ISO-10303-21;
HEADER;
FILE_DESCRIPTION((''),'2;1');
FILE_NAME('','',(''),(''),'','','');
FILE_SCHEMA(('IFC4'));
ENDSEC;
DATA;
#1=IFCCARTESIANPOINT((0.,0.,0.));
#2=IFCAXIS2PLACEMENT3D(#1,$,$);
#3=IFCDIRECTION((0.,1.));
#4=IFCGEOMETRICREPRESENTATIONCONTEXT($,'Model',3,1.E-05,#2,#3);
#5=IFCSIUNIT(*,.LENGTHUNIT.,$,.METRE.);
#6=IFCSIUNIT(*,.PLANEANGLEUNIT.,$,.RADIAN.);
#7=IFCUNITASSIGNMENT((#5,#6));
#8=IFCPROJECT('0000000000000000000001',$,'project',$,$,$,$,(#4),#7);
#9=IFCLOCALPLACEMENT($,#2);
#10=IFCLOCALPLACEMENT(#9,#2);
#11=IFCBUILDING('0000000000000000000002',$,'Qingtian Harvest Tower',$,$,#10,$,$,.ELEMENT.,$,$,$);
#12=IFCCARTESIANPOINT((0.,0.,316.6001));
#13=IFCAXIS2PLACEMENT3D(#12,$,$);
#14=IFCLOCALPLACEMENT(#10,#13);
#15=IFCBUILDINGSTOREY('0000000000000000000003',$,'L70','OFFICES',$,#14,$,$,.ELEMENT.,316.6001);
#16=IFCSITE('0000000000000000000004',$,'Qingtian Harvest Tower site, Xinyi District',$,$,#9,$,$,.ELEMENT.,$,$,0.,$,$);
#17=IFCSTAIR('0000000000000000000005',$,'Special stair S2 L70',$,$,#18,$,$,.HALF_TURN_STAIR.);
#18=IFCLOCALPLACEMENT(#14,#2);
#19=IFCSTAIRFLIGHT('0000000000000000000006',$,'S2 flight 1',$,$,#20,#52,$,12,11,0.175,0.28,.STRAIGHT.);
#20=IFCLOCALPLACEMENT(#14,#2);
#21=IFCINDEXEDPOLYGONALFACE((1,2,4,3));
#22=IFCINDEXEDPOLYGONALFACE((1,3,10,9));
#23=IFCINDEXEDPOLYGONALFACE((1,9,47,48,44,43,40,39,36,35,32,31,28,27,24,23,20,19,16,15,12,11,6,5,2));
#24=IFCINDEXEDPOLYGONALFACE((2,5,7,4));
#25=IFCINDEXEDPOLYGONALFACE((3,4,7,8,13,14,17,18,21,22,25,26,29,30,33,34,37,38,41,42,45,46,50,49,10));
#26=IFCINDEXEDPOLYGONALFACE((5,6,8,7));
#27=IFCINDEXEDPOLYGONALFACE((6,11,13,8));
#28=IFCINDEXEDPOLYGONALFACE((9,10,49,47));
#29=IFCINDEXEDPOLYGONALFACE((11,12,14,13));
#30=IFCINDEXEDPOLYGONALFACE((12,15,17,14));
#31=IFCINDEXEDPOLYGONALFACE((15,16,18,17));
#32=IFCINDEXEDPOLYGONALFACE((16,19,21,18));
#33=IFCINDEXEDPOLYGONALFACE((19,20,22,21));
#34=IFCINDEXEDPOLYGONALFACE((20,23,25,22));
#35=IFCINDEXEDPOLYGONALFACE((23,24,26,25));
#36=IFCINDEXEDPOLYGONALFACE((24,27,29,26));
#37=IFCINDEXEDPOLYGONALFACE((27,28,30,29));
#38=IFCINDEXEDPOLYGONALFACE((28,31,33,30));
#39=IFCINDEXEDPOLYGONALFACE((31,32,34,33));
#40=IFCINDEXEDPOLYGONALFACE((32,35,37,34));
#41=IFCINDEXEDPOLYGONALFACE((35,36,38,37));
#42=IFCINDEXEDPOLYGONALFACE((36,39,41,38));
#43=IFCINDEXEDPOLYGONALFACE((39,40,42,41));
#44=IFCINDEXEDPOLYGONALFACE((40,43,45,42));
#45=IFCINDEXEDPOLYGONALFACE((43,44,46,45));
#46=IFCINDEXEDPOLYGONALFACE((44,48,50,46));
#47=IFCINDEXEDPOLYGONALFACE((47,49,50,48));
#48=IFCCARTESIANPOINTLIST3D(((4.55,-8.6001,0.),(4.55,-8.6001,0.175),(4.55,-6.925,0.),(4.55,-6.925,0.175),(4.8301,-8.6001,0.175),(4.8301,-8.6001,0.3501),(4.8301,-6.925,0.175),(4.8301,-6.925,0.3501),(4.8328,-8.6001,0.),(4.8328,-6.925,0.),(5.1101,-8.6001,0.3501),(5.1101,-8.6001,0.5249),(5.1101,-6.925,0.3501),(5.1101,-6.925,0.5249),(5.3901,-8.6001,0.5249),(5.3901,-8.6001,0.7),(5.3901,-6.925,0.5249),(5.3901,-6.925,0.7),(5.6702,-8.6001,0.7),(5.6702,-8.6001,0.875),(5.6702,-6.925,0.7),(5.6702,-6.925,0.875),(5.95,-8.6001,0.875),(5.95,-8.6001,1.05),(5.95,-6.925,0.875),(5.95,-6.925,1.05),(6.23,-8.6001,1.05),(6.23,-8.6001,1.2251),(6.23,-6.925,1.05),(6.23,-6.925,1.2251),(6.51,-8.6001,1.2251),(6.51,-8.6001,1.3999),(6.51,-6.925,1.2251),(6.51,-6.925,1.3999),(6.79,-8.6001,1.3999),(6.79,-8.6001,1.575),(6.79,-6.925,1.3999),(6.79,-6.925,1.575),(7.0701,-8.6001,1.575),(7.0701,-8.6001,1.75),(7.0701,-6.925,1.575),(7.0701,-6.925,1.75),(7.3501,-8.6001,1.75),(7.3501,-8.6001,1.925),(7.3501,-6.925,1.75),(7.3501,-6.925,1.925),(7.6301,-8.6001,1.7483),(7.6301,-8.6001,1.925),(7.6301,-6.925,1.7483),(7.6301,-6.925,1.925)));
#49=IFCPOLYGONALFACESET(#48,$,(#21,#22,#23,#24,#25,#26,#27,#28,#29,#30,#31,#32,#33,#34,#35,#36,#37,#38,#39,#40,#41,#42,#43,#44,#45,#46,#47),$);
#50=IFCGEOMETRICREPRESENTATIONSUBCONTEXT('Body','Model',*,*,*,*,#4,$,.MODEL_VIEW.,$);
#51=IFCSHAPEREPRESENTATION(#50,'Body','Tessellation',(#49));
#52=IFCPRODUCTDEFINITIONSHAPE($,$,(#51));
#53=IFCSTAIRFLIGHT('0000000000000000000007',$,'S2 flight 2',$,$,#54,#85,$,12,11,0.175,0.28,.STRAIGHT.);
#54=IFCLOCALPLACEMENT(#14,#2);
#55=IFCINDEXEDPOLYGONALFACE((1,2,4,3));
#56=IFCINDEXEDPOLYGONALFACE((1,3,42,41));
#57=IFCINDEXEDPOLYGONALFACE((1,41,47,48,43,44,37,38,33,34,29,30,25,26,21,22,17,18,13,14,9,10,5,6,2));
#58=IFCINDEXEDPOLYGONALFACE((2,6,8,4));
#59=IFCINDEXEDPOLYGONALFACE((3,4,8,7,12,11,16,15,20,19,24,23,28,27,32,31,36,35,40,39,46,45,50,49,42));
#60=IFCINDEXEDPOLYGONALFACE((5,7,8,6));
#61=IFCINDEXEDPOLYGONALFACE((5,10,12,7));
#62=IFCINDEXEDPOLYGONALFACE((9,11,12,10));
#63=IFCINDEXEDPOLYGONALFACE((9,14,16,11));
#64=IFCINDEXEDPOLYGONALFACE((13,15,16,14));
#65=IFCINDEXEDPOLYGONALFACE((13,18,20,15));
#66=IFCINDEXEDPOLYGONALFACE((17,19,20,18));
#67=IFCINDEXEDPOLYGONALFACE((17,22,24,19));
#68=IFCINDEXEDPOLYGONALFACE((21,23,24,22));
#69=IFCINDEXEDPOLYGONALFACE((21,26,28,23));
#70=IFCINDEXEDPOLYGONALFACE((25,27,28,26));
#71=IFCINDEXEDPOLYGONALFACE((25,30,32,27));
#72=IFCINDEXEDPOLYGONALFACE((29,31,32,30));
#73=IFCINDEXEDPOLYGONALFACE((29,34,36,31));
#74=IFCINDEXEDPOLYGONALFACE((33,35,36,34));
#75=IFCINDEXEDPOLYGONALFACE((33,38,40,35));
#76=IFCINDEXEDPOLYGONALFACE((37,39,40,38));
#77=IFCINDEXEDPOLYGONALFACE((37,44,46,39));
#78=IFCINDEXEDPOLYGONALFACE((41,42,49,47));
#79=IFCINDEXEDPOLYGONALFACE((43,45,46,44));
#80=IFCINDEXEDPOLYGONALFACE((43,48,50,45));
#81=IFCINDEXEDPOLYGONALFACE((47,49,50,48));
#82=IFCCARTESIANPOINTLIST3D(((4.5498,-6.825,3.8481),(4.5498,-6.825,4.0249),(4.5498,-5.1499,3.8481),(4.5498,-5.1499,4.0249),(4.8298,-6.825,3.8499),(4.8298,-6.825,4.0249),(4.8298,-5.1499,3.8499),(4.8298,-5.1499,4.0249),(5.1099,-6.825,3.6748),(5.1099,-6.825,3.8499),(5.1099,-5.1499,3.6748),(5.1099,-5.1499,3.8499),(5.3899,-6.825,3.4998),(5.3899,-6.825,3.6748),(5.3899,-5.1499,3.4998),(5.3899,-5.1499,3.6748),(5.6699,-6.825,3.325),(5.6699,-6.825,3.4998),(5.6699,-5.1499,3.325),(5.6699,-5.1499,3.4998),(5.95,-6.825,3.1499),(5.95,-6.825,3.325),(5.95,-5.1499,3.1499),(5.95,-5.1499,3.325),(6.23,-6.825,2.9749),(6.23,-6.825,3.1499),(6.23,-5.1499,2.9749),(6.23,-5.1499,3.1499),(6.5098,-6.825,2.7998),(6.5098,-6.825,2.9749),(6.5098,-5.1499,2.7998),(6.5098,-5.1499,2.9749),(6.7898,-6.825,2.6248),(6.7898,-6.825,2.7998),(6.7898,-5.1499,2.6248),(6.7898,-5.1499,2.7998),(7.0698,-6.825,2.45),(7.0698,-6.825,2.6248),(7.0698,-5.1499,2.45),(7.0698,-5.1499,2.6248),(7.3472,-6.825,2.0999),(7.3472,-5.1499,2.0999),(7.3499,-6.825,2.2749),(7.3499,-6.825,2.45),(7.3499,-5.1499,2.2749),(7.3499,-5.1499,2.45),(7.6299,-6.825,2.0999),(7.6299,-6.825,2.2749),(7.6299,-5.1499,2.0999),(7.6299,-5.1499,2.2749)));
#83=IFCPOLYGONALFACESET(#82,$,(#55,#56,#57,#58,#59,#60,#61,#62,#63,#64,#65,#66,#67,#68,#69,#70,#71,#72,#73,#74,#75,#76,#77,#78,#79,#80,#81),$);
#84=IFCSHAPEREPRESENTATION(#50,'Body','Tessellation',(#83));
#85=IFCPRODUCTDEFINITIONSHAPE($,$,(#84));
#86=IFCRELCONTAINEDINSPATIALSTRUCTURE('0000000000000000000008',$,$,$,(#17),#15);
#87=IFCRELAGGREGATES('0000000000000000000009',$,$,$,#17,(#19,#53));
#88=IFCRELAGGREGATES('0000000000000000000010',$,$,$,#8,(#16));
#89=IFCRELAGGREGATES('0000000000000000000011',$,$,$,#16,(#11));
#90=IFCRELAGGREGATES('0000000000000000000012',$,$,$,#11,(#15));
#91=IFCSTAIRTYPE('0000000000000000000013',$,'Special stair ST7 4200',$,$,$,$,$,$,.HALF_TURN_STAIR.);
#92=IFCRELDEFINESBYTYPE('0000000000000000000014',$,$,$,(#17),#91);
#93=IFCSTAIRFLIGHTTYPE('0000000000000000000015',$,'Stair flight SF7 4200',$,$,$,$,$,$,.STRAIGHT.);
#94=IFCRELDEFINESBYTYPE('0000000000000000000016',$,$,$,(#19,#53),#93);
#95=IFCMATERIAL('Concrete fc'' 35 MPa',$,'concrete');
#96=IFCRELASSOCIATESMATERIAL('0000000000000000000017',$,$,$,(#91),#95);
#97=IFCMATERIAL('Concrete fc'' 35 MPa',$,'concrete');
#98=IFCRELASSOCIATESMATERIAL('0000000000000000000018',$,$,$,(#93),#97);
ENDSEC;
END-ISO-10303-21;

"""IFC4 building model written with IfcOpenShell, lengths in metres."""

from ifc_helpers import new_model, si_unit, direction, frame, origin, place, context, subcontext, project, spatial, polyline, outline, extrude, material, type_object, element, aggregate, save


model = new_model("IFC4")

# Units and contexts
model_context = context("Model", 3, precision=1e-05, world=origin(), true_north=direction((0.0, 1.0)))
body_context = subcontext(model_context, "Body", "Model", "MODEL_VIEW")
ifc_project = project(units=[si_unit("LENGTHUNIT", "METRE"), si_unit("PLANEANGLEUNIT", "RADIAN")], contexts=[model_context])

# Site, building, storey
site_placement = place(None, origin())
site = spatial("IfcSite", under=ifc_project, at=site_placement, Name="Qingtian Harvest Tower site, Xinyi District", CompositionType="ELEMENT", RefElevation=0.0)
building_placement = place(site_placement, origin())
building = spatial("IfcBuilding", under=site, at=building_placement, Name="Qingtian Harvest Tower", CompositionType="ELEMENT")
storey_placement = place(building_placement, frame((0.0, 0.0, 316.6001)))
storey = spatial("IfcBuildingStorey", under=building, at=storey_placement, Name="L70", Description="OFFICES", CompositionType="ELEMENT", Elevation=316.6001)

# Stair, stair flights
ifc_material_1 = material(Name="Concrete fc' 35 MPa", Category="concrete")
stair_type = type_object("IfcStairType", Name="Special stair ST7 4200", PredefinedType="HALF_TURN_STAIR", material=ifc_material_1)
stair_placement = place(storey_placement, origin())
stair = element("IfcStair", 1, at=stair_placement, inside=storey, type_object=stair_type, Name="Special stair S2 L70", PredefinedType="HALF_TURN_STAIR")
ifc_material_2 = material(Name="Concrete fc' 35 MPa", Category="concrete")
stair_flight_type = type_object("IfcStairFlightType", Name="Stair flight SF7 4200", PredefinedType="STRAIGHT", material=ifc_material_2)
stair_flight_1_placement = place(storey_placement, frame((4.55, -7.7625, 0.0), z_axis=(0.0, 0.0, 1.0), x_axis=(1.0, 0.0, 0.0)))
stair_flight_1 = element("IfcStairFlight", 2, at=stair_flight_1_placement, type_object=stair_flight_type, Name="S2 flight 1", NumberOfRisers=12, NumberOfTreads=11, PredefinedType="STRAIGHT", RiserHeight=0.175, TreadLength=0.28, context=body_context, shape_type="SweptSolid", body=[
    extrude(outline(polyline([(0.0, 0.0), (0.0, 0.175), (0.28, 0.175), (0.28, 0.3501), (0.5601, 0.3501), (0.5601, 0.5249), (0.8401, 0.5249), (0.8401, 0.7), (1.1201, 0.7), (1.1201, 0.875), (1.3999, 0.875), (1.3999, 1.05), (1.6799, 1.05), (1.6799, 1.2251), (1.96, 1.2251), (1.96, 1.3999), (2.24, 1.3999), (2.24, 1.575), (2.52, 1.575), (2.52, 1.75), (2.8, 1.75), (2.8, 1.925), (3.0801, 1.925), (3.0801, 2.1001), (3.0801, 1.7483), (0.2827, 0.0), (0.0, 0.0)])), frame((0.0, 0.8374, 0.0), z_axis=(0.0, -1.0, 0.0), x_axis=(1.0, 0.0, 0.0)), (0.0, 0.0, 1.0), 1.675),
])
stair_flight_2_placement = place(storey_placement, frame((7.6299, -5.9875, 2.0999), z_axis=(0.0, 0.0, 1.0), x_axis=(-1.0, 0.0, 0.0)))
stair_flight_2 = element("IfcStairFlight", 3, at=stair_flight_2_placement, type_object=stair_flight_type, Name="S2 flight 2", NumberOfRisers=12, NumberOfTreads=11, PredefinedType="STRAIGHT", RiserHeight=0.175, TreadLength=0.28, context=body_context, shape_type="SweptSolid", body=[
    extrude(outline(polyline([(0.0, 0.0), (0.0, 0.175), (0.28, 0.175), (0.28, 0.3501), (0.5601, 0.3501), (0.5601, 0.5249), (0.8401, 0.5249), (0.8401, 0.7), (1.1201, 0.7), (1.1201, 0.875), (1.3999, 0.875), (1.3999, 1.05), (1.6799, 1.05), (1.6799, 1.2251), (1.96, 1.2251), (1.96, 1.3999), (2.24, 1.3999), (2.24, 1.575), (2.52, 1.575), (2.52, 1.75), (2.8, 1.75), (2.8, 1.925), (3.0801, 1.925), (3.0801, 2.1001), (3.0801, 1.7483), (0.2827, 0.0), (0.0, 0.0)])), frame((0.0, 0.8374, 0.0), z_axis=(0.0, -1.0, 0.0), x_axis=(1.0, 0.0, 0.0)), (0.0, 0.0, 1.0), 1.675),
])
aggregate(stair, [stair_flight_1, stair_flight_2])

save(model, "model.ifc")
